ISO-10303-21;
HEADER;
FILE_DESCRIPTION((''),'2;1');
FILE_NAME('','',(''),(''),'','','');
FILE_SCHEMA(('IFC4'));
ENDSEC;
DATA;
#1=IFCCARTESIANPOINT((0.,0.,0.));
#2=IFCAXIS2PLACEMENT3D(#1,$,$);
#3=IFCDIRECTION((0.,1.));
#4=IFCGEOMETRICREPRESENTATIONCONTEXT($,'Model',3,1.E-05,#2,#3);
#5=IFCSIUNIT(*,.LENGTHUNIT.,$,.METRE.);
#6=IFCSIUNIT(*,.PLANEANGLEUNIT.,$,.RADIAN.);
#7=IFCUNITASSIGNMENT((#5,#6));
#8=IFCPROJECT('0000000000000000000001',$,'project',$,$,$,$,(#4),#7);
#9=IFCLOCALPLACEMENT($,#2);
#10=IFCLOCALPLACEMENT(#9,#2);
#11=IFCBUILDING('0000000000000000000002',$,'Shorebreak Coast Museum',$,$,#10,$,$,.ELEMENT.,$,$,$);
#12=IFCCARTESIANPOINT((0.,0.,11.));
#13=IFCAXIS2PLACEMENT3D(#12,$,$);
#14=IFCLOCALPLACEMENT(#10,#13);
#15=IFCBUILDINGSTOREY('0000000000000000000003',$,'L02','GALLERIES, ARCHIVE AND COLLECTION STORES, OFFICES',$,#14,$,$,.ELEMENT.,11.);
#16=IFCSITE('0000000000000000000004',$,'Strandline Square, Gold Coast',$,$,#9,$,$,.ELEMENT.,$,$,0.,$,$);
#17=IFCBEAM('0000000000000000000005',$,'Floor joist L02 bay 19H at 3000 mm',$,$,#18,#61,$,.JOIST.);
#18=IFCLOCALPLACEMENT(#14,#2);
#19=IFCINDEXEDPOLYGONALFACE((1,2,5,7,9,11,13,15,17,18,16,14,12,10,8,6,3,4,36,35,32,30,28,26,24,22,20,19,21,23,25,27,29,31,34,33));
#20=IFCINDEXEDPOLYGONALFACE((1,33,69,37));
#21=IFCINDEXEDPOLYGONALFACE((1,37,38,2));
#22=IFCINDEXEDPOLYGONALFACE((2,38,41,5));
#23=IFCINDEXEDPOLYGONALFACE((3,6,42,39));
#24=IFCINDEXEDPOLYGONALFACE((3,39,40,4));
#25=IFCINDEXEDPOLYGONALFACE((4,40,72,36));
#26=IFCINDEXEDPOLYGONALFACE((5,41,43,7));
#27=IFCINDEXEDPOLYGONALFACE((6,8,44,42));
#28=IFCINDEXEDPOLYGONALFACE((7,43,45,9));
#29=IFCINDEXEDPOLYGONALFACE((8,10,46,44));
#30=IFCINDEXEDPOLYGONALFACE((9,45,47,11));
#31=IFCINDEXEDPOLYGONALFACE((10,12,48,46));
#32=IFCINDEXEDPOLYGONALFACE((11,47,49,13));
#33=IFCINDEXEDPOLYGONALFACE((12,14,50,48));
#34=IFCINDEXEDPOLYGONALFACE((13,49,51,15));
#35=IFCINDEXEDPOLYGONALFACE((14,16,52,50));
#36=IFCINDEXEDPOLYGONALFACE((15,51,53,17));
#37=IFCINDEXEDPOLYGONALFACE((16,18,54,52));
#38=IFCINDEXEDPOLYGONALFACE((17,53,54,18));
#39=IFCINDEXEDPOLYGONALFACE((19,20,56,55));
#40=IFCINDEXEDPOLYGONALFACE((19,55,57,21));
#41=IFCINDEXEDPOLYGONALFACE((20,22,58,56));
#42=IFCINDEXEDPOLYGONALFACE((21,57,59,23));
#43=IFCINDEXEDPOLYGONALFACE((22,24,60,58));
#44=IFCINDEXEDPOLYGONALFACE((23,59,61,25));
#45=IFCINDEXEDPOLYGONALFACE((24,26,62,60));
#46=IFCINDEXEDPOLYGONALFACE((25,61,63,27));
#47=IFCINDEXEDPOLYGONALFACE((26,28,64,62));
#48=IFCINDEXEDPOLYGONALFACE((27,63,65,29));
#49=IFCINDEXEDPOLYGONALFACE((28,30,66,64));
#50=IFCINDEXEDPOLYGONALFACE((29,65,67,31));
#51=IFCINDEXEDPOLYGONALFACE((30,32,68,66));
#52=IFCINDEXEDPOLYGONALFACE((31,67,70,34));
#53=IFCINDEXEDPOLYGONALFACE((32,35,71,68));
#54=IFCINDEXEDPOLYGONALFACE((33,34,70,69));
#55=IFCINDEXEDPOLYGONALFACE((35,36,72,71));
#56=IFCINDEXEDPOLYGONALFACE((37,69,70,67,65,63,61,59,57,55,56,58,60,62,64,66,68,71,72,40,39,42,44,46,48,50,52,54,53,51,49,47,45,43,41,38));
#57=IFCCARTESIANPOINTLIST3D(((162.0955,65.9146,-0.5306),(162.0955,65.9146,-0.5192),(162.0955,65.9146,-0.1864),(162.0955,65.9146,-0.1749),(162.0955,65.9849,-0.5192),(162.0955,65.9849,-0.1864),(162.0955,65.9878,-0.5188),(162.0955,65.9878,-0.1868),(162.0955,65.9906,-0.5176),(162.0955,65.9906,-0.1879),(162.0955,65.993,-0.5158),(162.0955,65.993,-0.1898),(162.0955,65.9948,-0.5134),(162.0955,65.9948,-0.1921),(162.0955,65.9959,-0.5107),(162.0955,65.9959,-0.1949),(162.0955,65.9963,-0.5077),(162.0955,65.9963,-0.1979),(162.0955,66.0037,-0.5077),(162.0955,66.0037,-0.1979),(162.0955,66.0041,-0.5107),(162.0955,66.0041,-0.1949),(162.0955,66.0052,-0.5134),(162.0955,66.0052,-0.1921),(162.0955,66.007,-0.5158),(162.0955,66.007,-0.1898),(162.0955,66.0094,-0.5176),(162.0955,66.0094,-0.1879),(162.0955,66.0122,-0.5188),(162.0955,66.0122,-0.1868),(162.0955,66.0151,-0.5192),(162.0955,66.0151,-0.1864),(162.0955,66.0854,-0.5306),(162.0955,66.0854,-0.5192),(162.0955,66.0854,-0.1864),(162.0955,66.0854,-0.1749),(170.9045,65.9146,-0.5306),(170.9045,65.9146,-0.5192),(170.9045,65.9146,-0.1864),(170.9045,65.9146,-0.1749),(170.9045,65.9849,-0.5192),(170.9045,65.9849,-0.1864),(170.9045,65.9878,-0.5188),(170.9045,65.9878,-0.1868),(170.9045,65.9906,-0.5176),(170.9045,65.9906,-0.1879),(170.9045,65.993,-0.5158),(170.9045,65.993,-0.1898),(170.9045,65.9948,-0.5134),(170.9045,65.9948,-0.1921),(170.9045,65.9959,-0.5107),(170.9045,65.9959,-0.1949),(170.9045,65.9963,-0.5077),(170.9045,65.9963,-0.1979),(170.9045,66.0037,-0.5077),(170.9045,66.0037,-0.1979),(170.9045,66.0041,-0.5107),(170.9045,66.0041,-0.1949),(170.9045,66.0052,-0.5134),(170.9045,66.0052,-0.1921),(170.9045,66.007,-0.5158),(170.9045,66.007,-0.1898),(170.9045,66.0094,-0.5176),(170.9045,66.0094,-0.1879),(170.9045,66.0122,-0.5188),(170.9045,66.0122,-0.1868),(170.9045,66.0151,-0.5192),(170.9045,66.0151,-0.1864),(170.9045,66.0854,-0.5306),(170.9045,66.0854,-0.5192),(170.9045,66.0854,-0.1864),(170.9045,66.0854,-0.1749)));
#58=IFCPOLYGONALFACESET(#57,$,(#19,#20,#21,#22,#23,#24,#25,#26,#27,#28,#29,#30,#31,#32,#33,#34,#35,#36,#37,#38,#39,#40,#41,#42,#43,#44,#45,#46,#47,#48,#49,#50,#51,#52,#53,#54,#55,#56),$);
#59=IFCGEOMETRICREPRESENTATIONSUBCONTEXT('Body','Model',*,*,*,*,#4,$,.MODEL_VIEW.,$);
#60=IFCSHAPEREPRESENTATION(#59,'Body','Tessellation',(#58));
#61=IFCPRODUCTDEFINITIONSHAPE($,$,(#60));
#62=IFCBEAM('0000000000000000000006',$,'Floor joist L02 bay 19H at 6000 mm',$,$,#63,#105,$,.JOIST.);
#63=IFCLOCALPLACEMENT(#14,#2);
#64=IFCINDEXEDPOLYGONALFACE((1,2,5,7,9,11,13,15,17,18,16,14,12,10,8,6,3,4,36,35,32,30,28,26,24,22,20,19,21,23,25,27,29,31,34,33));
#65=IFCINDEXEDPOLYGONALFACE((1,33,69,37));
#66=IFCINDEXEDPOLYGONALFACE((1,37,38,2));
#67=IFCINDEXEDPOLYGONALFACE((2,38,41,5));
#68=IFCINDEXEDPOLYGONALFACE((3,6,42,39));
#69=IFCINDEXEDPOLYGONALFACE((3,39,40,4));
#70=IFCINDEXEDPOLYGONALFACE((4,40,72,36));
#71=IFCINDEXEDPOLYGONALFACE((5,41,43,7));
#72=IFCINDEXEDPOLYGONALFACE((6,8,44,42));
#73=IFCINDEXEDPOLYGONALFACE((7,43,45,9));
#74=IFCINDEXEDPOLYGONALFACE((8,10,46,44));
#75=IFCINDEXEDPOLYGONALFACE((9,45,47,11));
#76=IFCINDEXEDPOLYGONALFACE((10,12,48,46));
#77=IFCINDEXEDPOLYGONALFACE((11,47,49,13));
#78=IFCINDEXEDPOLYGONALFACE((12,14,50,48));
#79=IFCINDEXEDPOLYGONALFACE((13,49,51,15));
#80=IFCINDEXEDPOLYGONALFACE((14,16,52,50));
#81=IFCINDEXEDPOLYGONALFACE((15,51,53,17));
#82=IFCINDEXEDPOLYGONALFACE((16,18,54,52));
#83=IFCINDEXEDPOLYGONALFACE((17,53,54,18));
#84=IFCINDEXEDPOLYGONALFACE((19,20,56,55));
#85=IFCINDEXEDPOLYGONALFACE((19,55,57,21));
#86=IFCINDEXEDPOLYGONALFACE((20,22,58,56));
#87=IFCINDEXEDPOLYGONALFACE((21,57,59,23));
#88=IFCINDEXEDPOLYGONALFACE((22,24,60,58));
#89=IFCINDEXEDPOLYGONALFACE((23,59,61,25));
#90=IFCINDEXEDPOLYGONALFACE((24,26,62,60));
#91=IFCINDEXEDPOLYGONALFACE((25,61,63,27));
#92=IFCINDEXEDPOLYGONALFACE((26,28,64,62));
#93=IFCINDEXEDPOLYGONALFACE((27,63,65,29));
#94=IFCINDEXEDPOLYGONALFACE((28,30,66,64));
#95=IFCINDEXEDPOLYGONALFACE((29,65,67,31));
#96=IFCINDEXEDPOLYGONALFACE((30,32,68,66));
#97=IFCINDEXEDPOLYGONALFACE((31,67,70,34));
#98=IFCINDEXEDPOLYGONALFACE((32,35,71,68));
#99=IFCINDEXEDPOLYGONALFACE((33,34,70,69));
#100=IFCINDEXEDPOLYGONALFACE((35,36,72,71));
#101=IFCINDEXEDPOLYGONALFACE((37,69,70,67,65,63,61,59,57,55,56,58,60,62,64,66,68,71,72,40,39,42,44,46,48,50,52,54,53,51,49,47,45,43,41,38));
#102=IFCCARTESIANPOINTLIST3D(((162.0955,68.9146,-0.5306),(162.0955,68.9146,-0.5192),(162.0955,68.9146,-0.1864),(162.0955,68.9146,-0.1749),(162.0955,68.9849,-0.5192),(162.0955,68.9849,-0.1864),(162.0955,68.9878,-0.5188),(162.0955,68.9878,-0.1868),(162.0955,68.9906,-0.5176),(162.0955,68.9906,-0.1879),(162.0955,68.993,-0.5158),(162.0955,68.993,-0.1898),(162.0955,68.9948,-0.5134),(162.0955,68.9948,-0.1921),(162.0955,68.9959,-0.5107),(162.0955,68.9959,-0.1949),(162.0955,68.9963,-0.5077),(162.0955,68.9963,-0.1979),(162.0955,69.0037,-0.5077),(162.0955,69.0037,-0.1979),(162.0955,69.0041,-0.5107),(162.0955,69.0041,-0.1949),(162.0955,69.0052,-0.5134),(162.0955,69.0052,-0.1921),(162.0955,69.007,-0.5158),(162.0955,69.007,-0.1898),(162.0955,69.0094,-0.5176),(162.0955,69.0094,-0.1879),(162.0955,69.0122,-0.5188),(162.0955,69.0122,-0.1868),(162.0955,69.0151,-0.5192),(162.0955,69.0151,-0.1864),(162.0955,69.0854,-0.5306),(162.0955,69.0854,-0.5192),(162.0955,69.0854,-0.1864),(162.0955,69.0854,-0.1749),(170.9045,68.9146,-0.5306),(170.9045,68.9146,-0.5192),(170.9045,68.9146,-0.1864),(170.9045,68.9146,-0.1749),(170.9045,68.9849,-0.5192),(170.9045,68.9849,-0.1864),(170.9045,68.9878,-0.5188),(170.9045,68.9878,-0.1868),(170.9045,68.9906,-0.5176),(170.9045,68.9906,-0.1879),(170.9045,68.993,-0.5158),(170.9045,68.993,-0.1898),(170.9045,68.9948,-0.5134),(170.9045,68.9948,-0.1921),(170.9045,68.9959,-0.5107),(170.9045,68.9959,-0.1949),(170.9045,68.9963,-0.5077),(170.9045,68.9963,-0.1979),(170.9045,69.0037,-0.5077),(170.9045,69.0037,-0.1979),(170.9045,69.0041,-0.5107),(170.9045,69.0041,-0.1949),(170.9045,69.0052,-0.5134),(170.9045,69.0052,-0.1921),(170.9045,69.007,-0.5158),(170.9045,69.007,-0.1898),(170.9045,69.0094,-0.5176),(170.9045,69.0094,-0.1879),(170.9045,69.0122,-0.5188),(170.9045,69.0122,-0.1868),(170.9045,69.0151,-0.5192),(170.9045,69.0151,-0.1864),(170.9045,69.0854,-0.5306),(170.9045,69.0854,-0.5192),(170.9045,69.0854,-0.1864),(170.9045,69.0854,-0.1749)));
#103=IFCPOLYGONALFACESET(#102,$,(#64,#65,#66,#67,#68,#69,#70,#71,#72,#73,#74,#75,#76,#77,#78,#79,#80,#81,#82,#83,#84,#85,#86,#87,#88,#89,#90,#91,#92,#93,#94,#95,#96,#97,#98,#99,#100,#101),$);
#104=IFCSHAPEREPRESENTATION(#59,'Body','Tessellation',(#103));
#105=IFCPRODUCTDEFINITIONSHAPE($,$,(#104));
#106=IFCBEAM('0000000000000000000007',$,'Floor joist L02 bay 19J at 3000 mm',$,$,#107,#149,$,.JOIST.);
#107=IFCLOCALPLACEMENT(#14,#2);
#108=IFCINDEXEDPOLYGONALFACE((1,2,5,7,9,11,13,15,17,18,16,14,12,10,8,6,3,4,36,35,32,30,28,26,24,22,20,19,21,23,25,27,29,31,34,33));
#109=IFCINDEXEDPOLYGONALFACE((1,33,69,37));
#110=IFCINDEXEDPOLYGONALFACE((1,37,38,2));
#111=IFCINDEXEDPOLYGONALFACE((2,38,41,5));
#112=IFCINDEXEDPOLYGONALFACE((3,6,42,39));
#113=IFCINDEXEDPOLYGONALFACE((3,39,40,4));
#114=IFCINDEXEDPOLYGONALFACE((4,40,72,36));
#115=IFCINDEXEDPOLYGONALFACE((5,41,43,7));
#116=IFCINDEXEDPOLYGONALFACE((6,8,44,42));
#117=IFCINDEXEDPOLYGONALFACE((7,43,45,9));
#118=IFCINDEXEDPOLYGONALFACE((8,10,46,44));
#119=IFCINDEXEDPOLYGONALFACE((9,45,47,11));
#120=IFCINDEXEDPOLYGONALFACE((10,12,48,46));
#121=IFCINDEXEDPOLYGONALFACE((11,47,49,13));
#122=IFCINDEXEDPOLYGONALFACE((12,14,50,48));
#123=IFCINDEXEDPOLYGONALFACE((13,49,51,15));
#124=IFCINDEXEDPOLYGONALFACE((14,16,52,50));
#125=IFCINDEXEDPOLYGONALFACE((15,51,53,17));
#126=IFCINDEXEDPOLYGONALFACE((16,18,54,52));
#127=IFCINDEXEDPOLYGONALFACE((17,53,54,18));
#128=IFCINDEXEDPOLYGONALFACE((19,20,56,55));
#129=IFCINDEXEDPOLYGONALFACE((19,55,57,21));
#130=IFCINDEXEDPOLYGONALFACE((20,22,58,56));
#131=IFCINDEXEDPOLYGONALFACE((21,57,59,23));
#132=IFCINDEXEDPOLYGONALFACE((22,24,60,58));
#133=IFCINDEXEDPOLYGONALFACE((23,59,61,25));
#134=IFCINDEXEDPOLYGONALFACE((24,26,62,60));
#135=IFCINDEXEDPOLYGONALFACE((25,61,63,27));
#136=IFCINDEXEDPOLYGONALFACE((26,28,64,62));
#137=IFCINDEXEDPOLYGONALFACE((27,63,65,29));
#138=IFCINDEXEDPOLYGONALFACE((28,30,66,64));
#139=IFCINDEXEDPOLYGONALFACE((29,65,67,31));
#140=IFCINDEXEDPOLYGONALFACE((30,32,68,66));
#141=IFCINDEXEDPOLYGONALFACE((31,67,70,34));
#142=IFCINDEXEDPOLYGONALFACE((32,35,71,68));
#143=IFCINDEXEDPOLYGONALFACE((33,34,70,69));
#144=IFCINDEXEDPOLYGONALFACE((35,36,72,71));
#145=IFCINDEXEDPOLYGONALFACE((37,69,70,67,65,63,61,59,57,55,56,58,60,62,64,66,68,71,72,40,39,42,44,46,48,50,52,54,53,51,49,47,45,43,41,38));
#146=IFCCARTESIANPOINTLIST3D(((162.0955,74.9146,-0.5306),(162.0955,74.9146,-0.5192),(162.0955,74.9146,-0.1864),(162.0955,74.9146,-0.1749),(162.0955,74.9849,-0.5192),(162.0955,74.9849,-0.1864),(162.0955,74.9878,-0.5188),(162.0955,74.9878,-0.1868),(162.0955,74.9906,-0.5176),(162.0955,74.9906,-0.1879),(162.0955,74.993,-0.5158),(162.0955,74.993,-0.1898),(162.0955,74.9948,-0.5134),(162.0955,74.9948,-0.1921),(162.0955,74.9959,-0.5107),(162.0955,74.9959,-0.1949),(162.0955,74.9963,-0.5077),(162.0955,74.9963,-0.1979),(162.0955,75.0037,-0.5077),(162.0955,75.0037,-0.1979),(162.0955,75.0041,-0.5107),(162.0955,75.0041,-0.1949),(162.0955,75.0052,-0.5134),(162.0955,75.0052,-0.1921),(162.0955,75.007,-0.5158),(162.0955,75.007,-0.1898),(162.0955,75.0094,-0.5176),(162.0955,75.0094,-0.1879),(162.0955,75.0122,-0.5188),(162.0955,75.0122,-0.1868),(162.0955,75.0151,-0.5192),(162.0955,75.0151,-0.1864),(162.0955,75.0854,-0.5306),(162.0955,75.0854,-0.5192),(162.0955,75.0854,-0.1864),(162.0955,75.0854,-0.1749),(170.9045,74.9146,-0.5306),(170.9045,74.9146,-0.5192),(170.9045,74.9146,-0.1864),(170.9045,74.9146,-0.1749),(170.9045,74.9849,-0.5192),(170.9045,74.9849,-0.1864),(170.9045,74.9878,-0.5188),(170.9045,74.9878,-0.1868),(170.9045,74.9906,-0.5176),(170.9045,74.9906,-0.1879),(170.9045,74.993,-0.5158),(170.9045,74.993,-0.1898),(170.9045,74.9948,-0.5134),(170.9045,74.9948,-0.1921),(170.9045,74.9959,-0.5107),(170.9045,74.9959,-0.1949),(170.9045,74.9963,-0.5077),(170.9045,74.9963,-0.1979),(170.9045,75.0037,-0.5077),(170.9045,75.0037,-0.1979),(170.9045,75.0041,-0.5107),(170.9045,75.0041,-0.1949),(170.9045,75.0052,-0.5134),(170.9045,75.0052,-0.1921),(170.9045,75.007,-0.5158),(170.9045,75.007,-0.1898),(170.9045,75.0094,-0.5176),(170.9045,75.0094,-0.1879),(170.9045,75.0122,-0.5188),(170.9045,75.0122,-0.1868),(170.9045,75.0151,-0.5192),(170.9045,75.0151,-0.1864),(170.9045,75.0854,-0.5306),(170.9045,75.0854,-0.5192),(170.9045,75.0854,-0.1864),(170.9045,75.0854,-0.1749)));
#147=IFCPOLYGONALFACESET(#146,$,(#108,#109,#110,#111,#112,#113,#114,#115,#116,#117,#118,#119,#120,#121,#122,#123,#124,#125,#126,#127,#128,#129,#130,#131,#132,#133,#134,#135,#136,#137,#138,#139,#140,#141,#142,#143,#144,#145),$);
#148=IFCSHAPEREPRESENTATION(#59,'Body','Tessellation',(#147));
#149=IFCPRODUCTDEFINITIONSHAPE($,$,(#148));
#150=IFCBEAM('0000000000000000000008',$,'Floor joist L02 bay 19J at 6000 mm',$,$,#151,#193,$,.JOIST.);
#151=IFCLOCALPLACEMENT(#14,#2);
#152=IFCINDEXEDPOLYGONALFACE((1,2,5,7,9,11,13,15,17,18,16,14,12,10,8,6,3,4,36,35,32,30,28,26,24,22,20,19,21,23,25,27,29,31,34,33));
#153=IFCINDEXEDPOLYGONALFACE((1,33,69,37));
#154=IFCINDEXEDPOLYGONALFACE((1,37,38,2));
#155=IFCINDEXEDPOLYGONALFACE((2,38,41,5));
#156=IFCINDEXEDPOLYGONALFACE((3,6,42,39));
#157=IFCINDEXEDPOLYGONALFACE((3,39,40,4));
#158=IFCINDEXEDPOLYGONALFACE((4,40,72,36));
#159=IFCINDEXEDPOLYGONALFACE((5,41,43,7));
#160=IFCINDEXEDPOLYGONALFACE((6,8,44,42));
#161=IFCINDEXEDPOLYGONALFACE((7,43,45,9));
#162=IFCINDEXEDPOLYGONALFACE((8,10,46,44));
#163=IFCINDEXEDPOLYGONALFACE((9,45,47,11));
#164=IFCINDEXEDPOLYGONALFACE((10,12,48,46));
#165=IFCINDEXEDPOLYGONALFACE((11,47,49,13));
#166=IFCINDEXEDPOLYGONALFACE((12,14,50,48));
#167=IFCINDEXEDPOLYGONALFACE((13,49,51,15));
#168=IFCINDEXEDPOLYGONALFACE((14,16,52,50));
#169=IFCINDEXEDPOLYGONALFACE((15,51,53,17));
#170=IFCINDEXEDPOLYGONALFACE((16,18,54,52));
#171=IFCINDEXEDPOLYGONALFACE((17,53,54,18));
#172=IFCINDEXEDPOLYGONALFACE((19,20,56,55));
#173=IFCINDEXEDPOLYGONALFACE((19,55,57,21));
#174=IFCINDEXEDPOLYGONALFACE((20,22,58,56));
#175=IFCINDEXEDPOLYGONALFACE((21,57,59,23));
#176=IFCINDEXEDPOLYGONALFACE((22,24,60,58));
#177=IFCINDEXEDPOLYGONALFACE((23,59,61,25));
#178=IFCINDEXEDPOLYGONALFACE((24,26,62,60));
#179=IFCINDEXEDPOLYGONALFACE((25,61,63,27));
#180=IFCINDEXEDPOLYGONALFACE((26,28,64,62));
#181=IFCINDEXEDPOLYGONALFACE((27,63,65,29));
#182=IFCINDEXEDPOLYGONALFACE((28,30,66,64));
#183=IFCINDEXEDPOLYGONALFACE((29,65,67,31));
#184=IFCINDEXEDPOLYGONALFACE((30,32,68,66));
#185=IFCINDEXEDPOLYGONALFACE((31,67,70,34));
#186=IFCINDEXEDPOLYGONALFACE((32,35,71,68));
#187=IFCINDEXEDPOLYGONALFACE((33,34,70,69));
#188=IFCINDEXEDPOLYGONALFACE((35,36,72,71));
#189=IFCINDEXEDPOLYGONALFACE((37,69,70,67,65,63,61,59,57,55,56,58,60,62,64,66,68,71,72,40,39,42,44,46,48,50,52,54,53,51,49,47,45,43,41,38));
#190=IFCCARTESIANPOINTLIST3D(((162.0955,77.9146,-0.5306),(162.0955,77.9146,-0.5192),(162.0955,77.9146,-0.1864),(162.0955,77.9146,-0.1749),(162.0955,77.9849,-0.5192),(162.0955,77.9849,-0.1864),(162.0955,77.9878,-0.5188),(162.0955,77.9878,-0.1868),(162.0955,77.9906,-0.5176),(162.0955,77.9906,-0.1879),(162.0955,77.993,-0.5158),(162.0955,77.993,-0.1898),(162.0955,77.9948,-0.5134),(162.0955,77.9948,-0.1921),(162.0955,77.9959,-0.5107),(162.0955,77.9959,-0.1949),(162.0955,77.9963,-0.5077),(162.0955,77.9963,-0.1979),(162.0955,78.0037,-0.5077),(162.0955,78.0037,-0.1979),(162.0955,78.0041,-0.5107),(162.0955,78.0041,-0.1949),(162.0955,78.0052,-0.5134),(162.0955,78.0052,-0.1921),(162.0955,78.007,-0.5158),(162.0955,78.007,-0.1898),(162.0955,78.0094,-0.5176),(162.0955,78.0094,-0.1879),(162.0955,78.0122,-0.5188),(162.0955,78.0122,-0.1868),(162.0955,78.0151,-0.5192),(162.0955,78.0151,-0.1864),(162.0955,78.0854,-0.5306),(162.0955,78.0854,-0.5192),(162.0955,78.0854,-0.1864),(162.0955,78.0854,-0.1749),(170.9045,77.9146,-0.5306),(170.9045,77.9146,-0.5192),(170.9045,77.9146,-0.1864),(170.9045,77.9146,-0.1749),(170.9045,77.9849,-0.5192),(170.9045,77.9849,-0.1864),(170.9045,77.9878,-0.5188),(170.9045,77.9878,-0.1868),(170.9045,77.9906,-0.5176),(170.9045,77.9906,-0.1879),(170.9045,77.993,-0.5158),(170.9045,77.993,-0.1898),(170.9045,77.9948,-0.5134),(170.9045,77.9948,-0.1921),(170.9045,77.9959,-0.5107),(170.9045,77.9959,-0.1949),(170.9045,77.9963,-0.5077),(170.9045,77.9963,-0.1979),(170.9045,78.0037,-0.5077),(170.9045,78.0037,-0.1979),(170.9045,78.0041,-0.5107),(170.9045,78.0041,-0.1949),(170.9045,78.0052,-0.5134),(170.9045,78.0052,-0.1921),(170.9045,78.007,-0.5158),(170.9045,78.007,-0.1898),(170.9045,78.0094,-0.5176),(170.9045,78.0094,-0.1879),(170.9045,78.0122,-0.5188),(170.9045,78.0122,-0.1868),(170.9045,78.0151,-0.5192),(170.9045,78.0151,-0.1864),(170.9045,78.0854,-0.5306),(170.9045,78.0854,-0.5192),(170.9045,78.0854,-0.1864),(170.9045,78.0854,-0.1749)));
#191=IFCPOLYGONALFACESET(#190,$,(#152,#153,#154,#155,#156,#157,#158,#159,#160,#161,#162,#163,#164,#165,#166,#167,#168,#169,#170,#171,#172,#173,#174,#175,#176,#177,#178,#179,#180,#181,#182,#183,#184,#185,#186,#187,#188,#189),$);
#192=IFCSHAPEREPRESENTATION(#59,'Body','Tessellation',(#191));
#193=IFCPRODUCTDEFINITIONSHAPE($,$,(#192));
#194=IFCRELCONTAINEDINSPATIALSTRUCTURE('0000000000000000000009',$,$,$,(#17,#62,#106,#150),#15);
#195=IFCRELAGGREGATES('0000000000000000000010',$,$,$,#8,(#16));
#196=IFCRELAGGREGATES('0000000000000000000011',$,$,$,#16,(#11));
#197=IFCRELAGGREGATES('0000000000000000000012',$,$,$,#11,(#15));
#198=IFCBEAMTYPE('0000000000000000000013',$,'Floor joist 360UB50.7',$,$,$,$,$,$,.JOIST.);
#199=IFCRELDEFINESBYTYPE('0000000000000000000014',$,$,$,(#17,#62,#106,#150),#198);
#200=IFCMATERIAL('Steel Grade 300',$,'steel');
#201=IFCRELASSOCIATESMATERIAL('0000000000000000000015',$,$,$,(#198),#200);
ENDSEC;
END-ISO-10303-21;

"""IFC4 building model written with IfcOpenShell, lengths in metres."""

from ifc_helpers import new_model, si_unit, direction, frame, origin, origin_2d, place, context, subcontext, project, spatial, i_section, extrude, material, material_profile, profile_set, type_object, element, save


model = new_model("IFC4")

# Units and contexts
model_context = context("Model", 3, precision=1e-05, world=origin(), true_north=direction((0.0, 1.0)))
body_context = subcontext(model_context, "Body", "Model", "MODEL_VIEW")
ifc_project = project(units=[si_unit("LENGTHUNIT", "METRE"), si_unit("PLANEANGLEUNIT", "RADIAN")], contexts=[model_context])

# Site, building, storey
site_placement = place(None, origin())
site = spatial("IfcSite", under=ifc_project, at=site_placement, Name="Strandline Square, Gold Coast", CompositionType="ELEMENT", RefElevation=0.0)
building_placement = place(site_placement, origin())
building = spatial("IfcBuilding", under=site, at=building_placement, Name="Shorebreak Coast Museum", CompositionType="ELEMENT")
storey_placement = place(building_placement, frame((0.0, 0.0, 11.0)))
storey = spatial("IfcBuildingStorey", under=building, at=storey_placement, Name="L02", Description="GALLERIES, ARCHIVE AND COLLECTION STORES, OFFICES", CompositionType="ELEMENT", Elevation=11.0)

# Beams
ifc_material_1 = material(Name="Steel Grade 300", Category="steel")
ifc_material_profile_1 = material_profile(ifc_material_1, i_section(OverallWidth=0.1709, OverallDepth=0.3557, WebThickness=0.0073, FlangeThickness=0.0115, FilletRadius=0.0115, at=origin_2d()), Name="360UB50.7")
ifc_profile_set_1 = profile_set([ifc_material_profile_1], Name="Steel Grade 300")
beam_type_1 = type_object("IfcBeamType", Name="Floor joist 360UB50.7", PredefinedType="JOIST", material=ifc_profile_set_1)
for number, where, z_axis, x_axis, name in (
    (1, (162.0955, 66.0, -0.3528), (1.0, 0.0, 0.0), (0.0, 1.0, 0.0), "Floor joist L02 bay 19H at 3000 mm"),
    (2, (162.0955, 69.0, -0.3528), (1.0, 0.0, 0.0), (0.0, 1.0, 0.0), "Floor joist L02 bay 19H at 6000 mm"),
    (3, (162.0955, 75.0, -0.3528), (1.0, 0.0, 0.0), (0.0, 1.0, 0.0), "Floor joist L02 bay 19J at 3000 mm"),
    (4, (162.0955, 78.0, -0.3528), (1.0, 0.0, 0.0), (0.0, 1.0, 0.0), "Floor joist L02 bay 19J at 6000 mm"),
):
    element("IfcBeam", number, at=place(storey_placement, frame(where, z_axis=z_axis, x_axis=x_axis)), inside=storey, type_object=beam_type_1, Name=name, PredefinedType="JOIST", context=body_context, shape_type="SweptSolid", body=[
        extrude(i_section(OverallWidth=0.1709, OverallDepth=0.3557, WebThickness=0.0073, FlangeThickness=0.0115, FilletRadius=0.0115, at=origin_2d()), origin(), (0.0, 0.0, 1.0), 8.8091),
    ])

save(model, "model.ifc")
